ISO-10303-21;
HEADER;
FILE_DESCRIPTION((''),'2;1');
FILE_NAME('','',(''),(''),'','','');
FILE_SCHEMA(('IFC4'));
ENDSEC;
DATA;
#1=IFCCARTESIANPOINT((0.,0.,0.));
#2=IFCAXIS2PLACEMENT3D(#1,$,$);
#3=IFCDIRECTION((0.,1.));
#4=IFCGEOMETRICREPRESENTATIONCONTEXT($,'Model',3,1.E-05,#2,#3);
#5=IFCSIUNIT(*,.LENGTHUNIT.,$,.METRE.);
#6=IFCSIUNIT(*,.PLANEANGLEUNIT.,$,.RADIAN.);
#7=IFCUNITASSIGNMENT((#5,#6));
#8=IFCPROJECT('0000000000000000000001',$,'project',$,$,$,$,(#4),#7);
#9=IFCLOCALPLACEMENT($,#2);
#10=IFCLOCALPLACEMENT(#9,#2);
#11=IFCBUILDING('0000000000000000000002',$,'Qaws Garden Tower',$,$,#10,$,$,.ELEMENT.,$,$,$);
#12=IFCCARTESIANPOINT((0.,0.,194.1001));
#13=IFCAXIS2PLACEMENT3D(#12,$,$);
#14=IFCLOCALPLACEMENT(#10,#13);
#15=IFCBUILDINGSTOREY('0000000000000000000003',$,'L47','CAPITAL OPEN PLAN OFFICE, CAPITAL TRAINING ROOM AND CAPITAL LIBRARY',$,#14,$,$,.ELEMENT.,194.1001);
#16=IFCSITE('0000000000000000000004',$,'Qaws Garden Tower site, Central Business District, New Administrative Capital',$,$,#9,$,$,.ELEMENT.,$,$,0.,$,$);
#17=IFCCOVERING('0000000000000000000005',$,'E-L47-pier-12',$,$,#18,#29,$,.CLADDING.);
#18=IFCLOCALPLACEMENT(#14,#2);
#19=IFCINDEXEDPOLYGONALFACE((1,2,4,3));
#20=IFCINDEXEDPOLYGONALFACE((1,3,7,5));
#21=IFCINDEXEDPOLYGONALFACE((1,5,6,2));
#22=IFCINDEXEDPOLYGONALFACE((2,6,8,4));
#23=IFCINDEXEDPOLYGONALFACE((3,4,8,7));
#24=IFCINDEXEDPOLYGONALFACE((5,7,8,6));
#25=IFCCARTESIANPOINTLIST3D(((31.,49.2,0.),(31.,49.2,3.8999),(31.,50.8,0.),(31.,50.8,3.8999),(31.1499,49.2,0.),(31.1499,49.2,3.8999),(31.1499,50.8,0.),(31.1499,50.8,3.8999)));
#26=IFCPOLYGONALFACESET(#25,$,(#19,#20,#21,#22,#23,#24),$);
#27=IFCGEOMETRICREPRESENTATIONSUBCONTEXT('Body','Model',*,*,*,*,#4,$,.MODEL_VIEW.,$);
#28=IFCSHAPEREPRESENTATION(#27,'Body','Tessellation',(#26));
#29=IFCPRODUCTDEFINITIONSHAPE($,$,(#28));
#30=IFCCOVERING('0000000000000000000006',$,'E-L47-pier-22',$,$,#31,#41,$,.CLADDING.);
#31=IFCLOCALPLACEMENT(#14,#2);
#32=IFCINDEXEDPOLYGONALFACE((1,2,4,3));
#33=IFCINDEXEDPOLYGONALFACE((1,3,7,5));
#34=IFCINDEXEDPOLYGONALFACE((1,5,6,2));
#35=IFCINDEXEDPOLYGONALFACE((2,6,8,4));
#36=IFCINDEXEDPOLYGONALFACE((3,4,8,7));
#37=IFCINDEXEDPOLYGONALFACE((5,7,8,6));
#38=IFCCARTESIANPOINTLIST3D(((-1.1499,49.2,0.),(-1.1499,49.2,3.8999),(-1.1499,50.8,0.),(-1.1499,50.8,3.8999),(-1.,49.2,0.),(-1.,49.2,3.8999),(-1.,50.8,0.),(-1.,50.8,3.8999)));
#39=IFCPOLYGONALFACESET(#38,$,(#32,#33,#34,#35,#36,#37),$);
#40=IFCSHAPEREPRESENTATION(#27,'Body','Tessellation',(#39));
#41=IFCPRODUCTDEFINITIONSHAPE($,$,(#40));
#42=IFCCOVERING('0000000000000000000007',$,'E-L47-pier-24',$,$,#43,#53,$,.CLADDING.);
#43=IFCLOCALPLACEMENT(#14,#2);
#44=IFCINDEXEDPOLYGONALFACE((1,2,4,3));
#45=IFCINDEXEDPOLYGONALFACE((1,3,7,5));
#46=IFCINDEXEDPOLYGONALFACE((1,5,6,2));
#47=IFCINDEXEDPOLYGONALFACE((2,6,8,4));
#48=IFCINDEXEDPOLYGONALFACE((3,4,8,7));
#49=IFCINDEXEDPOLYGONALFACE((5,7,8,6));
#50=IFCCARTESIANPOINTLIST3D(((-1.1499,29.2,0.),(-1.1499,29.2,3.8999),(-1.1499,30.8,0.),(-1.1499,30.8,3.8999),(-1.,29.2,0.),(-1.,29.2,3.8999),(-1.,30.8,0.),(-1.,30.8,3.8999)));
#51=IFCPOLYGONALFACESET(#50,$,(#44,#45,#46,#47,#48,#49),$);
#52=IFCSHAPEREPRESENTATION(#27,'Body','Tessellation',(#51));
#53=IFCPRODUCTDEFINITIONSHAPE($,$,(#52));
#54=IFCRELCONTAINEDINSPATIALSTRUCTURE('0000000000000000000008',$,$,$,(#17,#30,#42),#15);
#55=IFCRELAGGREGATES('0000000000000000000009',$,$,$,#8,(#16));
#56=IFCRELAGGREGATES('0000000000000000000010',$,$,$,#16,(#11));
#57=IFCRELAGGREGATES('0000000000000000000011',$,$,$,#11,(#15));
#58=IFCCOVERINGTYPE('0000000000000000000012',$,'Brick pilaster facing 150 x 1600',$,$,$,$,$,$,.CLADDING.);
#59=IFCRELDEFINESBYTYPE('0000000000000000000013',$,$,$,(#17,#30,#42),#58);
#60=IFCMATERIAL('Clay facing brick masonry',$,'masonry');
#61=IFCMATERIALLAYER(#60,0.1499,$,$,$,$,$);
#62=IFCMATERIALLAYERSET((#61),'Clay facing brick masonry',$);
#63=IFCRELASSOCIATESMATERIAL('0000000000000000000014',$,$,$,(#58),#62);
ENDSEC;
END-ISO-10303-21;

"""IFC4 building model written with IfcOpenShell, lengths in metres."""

from ifc_helpers import new_model, si_unit, direction, frame, origin, place, context, subcontext, project, spatial, polyline, outline, extrude, material, layer, layer_set, type_object, element, save


model = new_model("IFC4")

# Units and contexts
model_context = context("Model", 3, precision=1e-05, world=origin(), true_north=direction((0.0, 1.0)))
body_context = subcontext(model_context, "Body", "Model", "MODEL_VIEW")
ifc_project = project(units=[si_unit("LENGTHUNIT", "METRE"), si_unit("PLANEANGLEUNIT", "RADIAN")], contexts=[model_context])

# Site, building, storey
site_placement = place(None, origin())
site = spatial("IfcSite", under=ifc_project, at=site_placement, Name="Qaws Garden Tower site, Central Business District, New Administrative Capital", CompositionType="ELEMENT", RefElevation=0.0)
building_placement = place(site_placement, origin())
building = spatial("IfcBuilding", under=site, at=building_placement, Name="Qaws Garden Tower", CompositionType="ELEMENT")
storey_placement = place(building_placement, frame((0.0, 0.0, 194.1001)))
storey = spatial("IfcBuildingStorey", under=building, at=storey_placement, Name="L47", Description="CAPITAL OPEN PLAN OFFICE, CAPITAL TRAINING ROOM AND CAPITAL LIBRARY", CompositionType="ELEMENT", Elevation=194.1001)

# Shared definitions
placement = place(storey_placement, origin())

# Coverings
ifc_material_1 = material(Name="Clay facing brick masonry", Category="masonry")
ifc_layer_1 = layer(ifc_material_1, 0.1499)
ifc_layer_set_1 = layer_set([ifc_layer_1], Name="Clay facing brick masonry")
covering_type = type_object("IfcCoveringType", Name="Brick pilaster facing 150 x 1600", PredefinedType="CLADDING", material=ifc_layer_set_1)
element("IfcCovering", 1, at=placement, inside=storey, type_object=covering_type, Name="E-L47-pier-12", PredefinedType="CLADDING", context=body_context, shape_type="SweptSolid", body=[
    extrude(outline(polyline([(31.0, 49.2), (31.0, 50.8), (31.1499, 50.8), (31.1499, 49.2), (31.0, 49.2)])), origin(), (0.0, 0.0, 1.0), 3.8999),
])
element("IfcCovering", 2, at=placement, inside=storey, type_object=covering_type, Name="E-L47-pier-22", PredefinedType="CLADDING", context=body_context, shape_type="SweptSolid", body=[
    extrude(outline(polyline([(-1.0, 50.8), (-1.0, 49.2), (-1.1499, 49.2), (-1.1499, 50.8), (-1.0, 50.8)])), origin(), (0.0, 0.0, 1.0), 3.8999),
])
element("IfcCovering", 3, at=placement, inside=storey, type_object=covering_type, Name="E-L47-pier-24", PredefinedType="CLADDING", context=body_context, shape_type="SweptSolid", body=[
    extrude(outline(polyline([(-1.0, 30.8), (-1.0, 29.2), (-1.1499, 29.2), (-1.1499, 30.8), (-1.0, 30.8)])), origin(), (0.0, 0.0, 1.0), 3.8999),
])

save(model, "model.ifc")
